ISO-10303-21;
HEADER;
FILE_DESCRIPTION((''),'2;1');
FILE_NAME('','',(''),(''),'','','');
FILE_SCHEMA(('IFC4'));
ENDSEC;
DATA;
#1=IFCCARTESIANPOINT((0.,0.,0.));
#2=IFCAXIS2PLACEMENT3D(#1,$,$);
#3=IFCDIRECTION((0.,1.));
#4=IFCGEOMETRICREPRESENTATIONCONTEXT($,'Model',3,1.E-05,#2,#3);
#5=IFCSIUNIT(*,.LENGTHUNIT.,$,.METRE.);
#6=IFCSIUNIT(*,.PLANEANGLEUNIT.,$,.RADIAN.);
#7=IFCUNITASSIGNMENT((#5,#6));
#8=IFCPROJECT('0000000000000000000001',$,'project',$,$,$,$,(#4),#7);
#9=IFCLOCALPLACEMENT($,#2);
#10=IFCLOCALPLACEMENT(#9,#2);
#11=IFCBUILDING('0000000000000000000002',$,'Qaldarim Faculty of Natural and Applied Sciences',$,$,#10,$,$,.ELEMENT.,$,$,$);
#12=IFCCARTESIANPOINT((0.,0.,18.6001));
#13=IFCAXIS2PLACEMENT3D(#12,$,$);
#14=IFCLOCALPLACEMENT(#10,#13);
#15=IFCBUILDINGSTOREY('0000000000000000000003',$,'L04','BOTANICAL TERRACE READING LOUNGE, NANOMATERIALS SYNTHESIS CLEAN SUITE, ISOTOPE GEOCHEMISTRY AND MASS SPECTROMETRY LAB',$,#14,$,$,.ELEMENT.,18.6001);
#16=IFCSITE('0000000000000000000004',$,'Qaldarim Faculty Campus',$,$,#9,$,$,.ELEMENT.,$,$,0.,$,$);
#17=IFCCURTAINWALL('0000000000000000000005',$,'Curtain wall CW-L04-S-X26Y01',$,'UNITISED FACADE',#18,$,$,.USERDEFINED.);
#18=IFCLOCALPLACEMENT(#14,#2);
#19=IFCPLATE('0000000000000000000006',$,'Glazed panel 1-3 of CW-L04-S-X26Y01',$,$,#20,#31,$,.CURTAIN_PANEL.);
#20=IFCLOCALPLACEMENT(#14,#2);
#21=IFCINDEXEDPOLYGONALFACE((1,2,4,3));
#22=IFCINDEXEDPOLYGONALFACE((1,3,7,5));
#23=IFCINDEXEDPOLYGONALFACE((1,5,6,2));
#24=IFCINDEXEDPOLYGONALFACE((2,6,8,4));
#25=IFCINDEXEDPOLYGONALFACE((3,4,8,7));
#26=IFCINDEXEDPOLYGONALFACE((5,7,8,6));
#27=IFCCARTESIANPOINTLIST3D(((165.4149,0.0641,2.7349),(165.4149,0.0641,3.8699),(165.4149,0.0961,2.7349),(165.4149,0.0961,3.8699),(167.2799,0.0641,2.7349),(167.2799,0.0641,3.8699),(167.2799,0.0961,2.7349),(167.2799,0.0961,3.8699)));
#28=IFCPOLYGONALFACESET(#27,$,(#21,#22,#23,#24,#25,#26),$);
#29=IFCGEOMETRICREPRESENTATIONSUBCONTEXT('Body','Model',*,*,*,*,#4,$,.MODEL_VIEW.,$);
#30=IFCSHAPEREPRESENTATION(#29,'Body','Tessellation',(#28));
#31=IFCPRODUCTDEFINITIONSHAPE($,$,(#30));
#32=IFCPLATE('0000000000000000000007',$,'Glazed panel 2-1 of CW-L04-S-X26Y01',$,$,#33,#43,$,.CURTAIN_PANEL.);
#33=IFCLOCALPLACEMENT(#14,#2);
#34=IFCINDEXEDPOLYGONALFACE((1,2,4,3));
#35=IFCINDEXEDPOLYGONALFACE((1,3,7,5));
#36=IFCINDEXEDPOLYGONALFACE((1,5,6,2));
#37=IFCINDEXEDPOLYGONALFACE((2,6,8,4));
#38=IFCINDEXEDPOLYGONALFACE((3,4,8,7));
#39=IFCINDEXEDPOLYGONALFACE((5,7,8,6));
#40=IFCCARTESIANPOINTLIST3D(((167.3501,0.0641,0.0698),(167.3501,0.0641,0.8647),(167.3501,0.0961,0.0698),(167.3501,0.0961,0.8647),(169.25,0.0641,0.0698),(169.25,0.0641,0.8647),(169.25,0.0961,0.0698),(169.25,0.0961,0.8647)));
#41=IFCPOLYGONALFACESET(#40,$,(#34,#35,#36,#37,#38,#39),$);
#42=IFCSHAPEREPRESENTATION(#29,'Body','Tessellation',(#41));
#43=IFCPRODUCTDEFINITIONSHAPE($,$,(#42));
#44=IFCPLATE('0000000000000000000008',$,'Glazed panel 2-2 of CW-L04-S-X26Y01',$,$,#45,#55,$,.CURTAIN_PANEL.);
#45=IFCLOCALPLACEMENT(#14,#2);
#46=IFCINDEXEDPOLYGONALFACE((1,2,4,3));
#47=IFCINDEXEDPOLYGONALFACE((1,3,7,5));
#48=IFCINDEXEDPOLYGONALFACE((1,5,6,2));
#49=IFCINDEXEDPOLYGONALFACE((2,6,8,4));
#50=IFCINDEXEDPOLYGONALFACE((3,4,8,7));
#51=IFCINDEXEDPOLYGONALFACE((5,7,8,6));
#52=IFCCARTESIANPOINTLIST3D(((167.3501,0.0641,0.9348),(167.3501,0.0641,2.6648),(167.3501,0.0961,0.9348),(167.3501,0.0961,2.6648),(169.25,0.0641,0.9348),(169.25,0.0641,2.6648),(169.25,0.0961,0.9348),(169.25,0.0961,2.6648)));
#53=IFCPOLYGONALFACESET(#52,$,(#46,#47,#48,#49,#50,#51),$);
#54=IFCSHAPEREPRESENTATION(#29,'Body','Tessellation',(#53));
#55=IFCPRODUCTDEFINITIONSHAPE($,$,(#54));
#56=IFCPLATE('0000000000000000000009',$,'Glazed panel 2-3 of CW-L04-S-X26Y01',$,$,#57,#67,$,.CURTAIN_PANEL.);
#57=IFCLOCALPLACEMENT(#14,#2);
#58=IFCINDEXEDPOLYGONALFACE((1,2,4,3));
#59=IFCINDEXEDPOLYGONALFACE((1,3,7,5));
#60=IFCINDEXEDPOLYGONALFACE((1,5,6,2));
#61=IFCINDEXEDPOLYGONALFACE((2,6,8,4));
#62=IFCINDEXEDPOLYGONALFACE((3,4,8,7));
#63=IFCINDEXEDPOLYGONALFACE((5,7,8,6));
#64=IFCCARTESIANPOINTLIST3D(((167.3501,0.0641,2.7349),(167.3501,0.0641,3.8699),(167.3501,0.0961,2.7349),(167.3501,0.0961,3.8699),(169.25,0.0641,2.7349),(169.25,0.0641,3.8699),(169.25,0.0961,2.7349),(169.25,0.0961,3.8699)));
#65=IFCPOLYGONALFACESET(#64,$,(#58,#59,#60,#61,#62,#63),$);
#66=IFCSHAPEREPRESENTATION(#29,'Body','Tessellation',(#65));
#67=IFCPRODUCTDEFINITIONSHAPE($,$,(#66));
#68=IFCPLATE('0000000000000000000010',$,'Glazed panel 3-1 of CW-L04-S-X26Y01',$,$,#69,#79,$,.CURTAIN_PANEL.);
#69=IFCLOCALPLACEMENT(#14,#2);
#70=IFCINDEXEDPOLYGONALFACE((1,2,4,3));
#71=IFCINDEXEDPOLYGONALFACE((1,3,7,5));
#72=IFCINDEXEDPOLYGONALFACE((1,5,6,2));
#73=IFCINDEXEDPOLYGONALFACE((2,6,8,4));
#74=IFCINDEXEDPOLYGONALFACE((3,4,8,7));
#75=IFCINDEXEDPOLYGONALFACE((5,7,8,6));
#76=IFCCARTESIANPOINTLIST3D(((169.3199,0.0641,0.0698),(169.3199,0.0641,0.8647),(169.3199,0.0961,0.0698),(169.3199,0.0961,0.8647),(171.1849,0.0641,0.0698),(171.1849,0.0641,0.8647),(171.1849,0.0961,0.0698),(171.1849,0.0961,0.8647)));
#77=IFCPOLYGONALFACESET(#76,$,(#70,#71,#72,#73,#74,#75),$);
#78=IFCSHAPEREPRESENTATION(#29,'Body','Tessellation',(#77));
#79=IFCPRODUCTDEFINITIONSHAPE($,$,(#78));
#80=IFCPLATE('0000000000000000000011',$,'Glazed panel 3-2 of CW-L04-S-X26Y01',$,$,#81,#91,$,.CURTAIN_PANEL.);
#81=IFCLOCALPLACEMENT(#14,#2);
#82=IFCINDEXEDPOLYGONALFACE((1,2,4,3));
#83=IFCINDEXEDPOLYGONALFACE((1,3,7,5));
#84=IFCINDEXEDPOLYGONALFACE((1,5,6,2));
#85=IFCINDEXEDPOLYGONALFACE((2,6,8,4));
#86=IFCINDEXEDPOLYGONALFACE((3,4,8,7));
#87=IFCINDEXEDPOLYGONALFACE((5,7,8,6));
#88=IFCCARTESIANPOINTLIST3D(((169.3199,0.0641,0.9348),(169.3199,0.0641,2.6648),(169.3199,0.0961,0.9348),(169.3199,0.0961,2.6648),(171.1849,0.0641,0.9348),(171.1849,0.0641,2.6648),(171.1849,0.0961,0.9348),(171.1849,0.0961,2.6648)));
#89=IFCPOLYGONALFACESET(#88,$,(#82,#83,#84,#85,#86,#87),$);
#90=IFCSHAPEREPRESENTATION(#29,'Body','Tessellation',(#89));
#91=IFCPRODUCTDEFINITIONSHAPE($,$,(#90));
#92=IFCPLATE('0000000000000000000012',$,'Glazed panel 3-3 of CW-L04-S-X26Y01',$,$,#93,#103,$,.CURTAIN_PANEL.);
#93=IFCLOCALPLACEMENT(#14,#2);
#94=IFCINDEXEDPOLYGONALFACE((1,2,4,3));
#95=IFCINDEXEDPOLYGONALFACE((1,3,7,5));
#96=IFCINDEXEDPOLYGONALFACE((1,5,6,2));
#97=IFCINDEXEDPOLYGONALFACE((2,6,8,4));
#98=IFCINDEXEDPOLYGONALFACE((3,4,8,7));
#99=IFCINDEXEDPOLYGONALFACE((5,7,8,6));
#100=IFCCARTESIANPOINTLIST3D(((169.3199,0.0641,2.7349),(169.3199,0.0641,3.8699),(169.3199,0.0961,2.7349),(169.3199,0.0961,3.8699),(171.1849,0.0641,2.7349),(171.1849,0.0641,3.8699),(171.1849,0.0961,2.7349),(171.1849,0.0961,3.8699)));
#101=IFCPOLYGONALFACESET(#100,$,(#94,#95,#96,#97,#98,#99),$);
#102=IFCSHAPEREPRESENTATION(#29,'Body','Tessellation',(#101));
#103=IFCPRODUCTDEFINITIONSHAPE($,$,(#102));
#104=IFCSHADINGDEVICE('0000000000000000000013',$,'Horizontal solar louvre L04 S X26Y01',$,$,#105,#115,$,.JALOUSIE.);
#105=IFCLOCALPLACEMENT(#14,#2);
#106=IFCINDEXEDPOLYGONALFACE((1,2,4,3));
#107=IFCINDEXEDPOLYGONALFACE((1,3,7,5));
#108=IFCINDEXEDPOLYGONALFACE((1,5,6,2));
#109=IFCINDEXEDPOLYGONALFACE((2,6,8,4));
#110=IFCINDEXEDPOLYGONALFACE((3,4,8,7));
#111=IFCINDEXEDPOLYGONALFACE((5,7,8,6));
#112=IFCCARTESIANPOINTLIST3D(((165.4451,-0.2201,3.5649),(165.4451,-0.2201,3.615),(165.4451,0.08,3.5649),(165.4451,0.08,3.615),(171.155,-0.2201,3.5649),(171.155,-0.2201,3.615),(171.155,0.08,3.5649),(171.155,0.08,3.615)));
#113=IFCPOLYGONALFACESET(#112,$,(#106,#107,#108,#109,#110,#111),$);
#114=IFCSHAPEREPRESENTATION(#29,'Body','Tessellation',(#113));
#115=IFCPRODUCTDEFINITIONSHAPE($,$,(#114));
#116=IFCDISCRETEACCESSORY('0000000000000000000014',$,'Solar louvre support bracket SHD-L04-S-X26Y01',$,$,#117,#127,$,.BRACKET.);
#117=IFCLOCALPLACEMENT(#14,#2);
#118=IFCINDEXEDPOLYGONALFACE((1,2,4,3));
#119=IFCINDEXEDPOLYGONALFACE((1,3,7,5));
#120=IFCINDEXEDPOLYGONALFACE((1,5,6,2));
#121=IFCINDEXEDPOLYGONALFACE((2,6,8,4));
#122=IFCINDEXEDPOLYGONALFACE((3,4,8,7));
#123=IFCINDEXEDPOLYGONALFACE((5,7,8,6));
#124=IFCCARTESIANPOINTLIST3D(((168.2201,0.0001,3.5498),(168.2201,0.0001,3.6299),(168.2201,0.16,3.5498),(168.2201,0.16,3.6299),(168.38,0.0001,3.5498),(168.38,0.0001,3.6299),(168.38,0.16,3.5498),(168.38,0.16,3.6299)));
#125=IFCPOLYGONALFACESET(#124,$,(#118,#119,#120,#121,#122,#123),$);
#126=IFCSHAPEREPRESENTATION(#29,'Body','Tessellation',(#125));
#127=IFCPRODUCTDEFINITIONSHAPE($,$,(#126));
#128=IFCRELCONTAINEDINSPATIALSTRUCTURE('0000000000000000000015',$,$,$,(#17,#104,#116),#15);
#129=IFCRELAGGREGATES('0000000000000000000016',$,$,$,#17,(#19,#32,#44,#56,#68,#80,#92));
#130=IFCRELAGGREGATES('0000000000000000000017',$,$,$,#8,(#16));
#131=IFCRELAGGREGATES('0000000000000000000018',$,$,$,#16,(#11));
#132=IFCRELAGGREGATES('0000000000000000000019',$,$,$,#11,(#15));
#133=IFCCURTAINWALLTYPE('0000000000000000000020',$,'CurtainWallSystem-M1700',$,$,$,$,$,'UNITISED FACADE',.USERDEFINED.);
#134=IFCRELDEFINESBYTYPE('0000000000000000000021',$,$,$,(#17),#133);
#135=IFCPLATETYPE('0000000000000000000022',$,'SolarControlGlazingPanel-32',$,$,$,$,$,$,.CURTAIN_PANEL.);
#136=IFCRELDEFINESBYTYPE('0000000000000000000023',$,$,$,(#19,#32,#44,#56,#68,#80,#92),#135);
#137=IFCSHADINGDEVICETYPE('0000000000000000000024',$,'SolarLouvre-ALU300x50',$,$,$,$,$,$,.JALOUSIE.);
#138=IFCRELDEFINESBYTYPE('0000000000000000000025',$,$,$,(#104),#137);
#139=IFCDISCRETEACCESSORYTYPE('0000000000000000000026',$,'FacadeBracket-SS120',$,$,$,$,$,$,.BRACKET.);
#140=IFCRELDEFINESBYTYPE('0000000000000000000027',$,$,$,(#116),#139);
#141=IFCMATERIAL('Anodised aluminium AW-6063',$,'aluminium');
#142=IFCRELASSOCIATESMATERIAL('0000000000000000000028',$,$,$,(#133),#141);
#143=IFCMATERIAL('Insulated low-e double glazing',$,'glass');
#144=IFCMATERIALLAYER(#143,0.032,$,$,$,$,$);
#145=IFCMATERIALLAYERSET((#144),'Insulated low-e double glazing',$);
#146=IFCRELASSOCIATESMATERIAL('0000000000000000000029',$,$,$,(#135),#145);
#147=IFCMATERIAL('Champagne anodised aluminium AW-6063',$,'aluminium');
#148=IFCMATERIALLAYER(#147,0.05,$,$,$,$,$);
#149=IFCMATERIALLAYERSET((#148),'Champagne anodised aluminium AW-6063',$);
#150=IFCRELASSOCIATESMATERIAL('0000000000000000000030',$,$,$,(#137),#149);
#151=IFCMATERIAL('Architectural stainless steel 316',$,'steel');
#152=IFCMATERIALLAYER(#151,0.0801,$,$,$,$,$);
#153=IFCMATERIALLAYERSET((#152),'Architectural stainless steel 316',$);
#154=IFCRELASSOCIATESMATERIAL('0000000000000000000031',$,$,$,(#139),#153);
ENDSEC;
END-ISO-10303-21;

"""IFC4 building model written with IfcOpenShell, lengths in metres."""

from ifc_helpers import new_model, si_unit, direction, frame, origin, origin_2d, place, context, subcontext, project, spatial, rectangle, extrude, material, layer, layer_set, type_object, element, aggregate, save


model = new_model("IFC4")

# Units and contexts
model_context = context("Model", 3, precision=1e-05, world=origin(), true_north=direction((0.0, 1.0)))
body_context = subcontext(model_context, "Body", "Model", "MODEL_VIEW")
ifc_project = project(units=[si_unit("LENGTHUNIT", "METRE"), si_unit("PLANEANGLEUNIT", "RADIAN")], contexts=[model_context])

# Site, building, storey
site_placement = place(None, origin())
site = spatial("IfcSite", under=ifc_project, at=site_placement, Name="Qaldarim Faculty Campus", CompositionType="ELEMENT", RefElevation=0.0)
building_placement = place(site_placement, origin())
building = spatial("IfcBuilding", under=site, at=building_placement, Name="Qaldarim Faculty of Natural and Applied Sciences", CompositionType="ELEMENT")
storey_placement = place(building_placement, frame((0.0, 0.0, 18.6001)))
storey = spatial("IfcBuildingStorey", under=building, at=storey_placement, Name="L04", Description="BOTANICAL TERRACE READING LOUNGE, NANOMATERIALS SYNTHESIS CLEAN SUITE, ISOTOPE GEOCHEMISTRY AND MASS SPECTROMETRY LAB", CompositionType="ELEMENT", Elevation=18.6001)

# Curtain wall
ifc_material_1 = material(Name="Anodised aluminium AW-6063", Category="aluminium")
curtain_wall_type = type_object("IfcCurtainWallType", Name="CurtainWallSystem-M1700", ElementType="UNITISED FACADE", PredefinedType="USERDEFINED", material=ifc_material_1)
curtain_wall_placement = place(storey_placement, origin())
curtain_wall = element("IfcCurtainWall", 1, at=curtain_wall_placement, inside=storey, type_object=curtain_wall_type, Name="Curtain wall CW-L04-S-X26Y01", ObjectType="UNITISED FACADE", PredefinedType="USERDEFINED")

# Plates
ifc_material_2 = material(Name="Insulated low-e double glazing", Category="glass")
ifc_layer_1 = layer(ifc_material_2, 0.032)
ifc_layer_set_1 = layer_set([ifc_layer_1], Name="Insulated low-e double glazing")
plate_type = type_object("IfcPlateType", Name="SolarControlGlazingPanel-32", PredefinedType="CURTAIN_PANEL", material=ifc_layer_set_1)
plate_1_placement = place(storey_placement, frame((166.3474, 0.0801, 2.7349), z_axis=(0.0, 0.0, 1.0), x_axis=(1.0, 0.0, 0.0)))
plate_1 = element("IfcPlate", 2, at=plate_1_placement, type_object=plate_type, Name="Glazed panel 1-3 of CW-L04-S-X26Y01", PredefinedType="CURTAIN_PANEL", context=body_context, shape_type="SweptSolid", body=[
    extrude(rectangle(XDim=1.865, YDim=0.032, at=origin_2d()), origin(), (0.0, 0.0, 1.0), 1.135),
])
plate_2_placement = place(storey_placement, frame((168.3, 0.0801, 0.0698), z_axis=(0.0, 0.0, 1.0), x_axis=(1.0, 0.0, 0.0)))
plate_2 = element("IfcPlate", 3, at=plate_2_placement, type_object=plate_type, Name="Glazed panel 2-1 of CW-L04-S-X26Y01", PredefinedType="CURTAIN_PANEL", context=body_context, shape_type="SweptSolid", body=[
    extrude(rectangle(XDim=1.8999, YDim=0.032, at=origin_2d()), origin(), (0.0, 0.0, 1.0), 0.7949),
])
plate_3_placement = place(storey_placement, frame((168.3, 0.0801, 0.9348), z_axis=(0.0, 0.0, 1.0), x_axis=(1.0, 0.0, 0.0)))
plate_3 = element("IfcPlate", 4, at=plate_3_placement, type_object=plate_type, Name="Glazed panel 2-2 of CW-L04-S-X26Y01", PredefinedType="CURTAIN_PANEL", context=body_context, shape_type="SweptSolid", body=[
    extrude(rectangle(XDim=1.8999, YDim=0.032, at=origin_2d()), origin(), (0.0, 0.0, 1.0), 1.73),
])
plate_4_placement = place(storey_placement, frame((168.3, 0.0801, 2.7349), z_axis=(0.0, 0.0, 1.0), x_axis=(1.0, 0.0, 0.0)))
plate_4 = element("IfcPlate", 5, at=plate_4_placement, type_object=plate_type, Name="Glazed panel 2-3 of CW-L04-S-X26Y01", PredefinedType="CURTAIN_PANEL", context=body_context, shape_type="SweptSolid", body=[
    extrude(rectangle(XDim=1.8999, YDim=0.032, at=origin_2d()), origin(), (0.0, 0.0, 1.0), 1.135),
])
plate_5_placement = place(storey_placement, frame((170.2524, 0.0801, 0.0698), z_axis=(0.0, 0.0, 1.0), x_axis=(1.0, 0.0, 0.0)))
plate_5 = element("IfcPlate", 6, at=plate_5_placement, type_object=plate_type, Name="Glazed panel 3-1 of CW-L04-S-X26Y01", PredefinedType="CURTAIN_PANEL", context=body_context, shape_type="SweptSolid", body=[
    extrude(rectangle(XDim=1.865, YDim=0.032, at=origin_2d()), origin(), (0.0, 0.0, 1.0), 0.7949),
])
plate_6_placement = place(storey_placement, frame((170.2524, 0.0801, 0.9348), z_axis=(0.0, 0.0, 1.0), x_axis=(1.0, 0.0, 0.0)))
plate_6 = element("IfcPlate", 7, at=plate_6_placement, type_object=plate_type, Name="Glazed panel 3-2 of CW-L04-S-X26Y01", PredefinedType="CURTAIN_PANEL", context=body_context, shape_type="SweptSolid", body=[
    extrude(rectangle(XDim=1.865, YDim=0.032, at=origin_2d()), origin(), (0.0, 0.0, 1.0), 1.73),
])
plate_7_placement = place(storey_placement, frame((170.2524, 0.0801, 2.7349), z_axis=(0.0, 0.0, 1.0), x_axis=(1.0, 0.0, 0.0)))
plate_7 = element("IfcPlate", 8, at=plate_7_placement, type_object=plate_type, Name="Glazed panel 3-3 of CW-L04-S-X26Y01", PredefinedType="CURTAIN_PANEL", context=body_context, shape_type="SweptSolid", body=[
    extrude(rectangle(XDim=1.865, YDim=0.032, at=origin_2d()), origin(), (0.0, 0.0, 1.0), 1.135),
])
aggregate(curtain_wall, [plate_1, plate_2, plate_3, plate_4, plate_5, plate_6, plate_7])

# Shading device
ifc_material_3 = material(Name="Champagne anodised aluminium AW-6063", Category="aluminium")
ifc_layer_2 = layer(ifc_material_3, 0.05)
ifc_layer_set_2 = layer_set([ifc_layer_2], Name="Champagne anodised aluminium AW-6063")
shading_device_type = type_object("IfcShadingDeviceType", Name="SolarLouvre-ALU300x50", PredefinedType="JALOUSIE", material=ifc_layer_set_2)
shading_device_placement = place(storey_placement, frame((168.3, -0.0701, 3.5649), z_axis=(0.0, 0.0, 1.0), x_axis=(1.0, 0.0, 0.0)))
element("IfcShadingDevice", 9, at=shading_device_placement, inside=storey, type_object=shading_device_type, Name="Horizontal solar louvre L04 S X26Y01", PredefinedType="JALOUSIE", context=body_context, shape_type="SweptSolid", body=[
    extrude(rectangle(XDim=5.71, YDim=0.3, at=origin_2d()), origin(), (0.0, 0.0, 1.0), 0.05),
])

# Discrete accessory
ifc_material_4 = material(Name="Architectural stainless steel 316", Category="steel")
ifc_layer_3 = layer(ifc_material_4, 0.0801)
ifc_layer_set_3 = layer_set([ifc_layer_3], Name="Architectural stainless steel 316")
discrete_accessory_type = type_object("IfcDiscreteAccessoryType", Name="FacadeBracket-SS120", PredefinedType="BRACKET", material=ifc_layer_set_3)
discrete_accessory_placement = place(storey_placement, frame((168.3, 0.0801, 3.5498), z_axis=(0.0, 0.0, 1.0), x_axis=(1.0, 0.0, 0.0)))
element("IfcDiscreteAccessory", 10, at=discrete_accessory_placement, inside=storey, type_object=discrete_accessory_type, Name="Solar louvre support bracket SHD-L04-S-X26Y01", PredefinedType="BRACKET", context=body_context, shape_type="SweptSolid", body=[
    extrude(rectangle(XDim=0.1599, YDim=0.1599, at=origin_2d()), origin(), (0.0, 0.0, 1.0), 0.0801),
])

save(model, "model.ifc")
